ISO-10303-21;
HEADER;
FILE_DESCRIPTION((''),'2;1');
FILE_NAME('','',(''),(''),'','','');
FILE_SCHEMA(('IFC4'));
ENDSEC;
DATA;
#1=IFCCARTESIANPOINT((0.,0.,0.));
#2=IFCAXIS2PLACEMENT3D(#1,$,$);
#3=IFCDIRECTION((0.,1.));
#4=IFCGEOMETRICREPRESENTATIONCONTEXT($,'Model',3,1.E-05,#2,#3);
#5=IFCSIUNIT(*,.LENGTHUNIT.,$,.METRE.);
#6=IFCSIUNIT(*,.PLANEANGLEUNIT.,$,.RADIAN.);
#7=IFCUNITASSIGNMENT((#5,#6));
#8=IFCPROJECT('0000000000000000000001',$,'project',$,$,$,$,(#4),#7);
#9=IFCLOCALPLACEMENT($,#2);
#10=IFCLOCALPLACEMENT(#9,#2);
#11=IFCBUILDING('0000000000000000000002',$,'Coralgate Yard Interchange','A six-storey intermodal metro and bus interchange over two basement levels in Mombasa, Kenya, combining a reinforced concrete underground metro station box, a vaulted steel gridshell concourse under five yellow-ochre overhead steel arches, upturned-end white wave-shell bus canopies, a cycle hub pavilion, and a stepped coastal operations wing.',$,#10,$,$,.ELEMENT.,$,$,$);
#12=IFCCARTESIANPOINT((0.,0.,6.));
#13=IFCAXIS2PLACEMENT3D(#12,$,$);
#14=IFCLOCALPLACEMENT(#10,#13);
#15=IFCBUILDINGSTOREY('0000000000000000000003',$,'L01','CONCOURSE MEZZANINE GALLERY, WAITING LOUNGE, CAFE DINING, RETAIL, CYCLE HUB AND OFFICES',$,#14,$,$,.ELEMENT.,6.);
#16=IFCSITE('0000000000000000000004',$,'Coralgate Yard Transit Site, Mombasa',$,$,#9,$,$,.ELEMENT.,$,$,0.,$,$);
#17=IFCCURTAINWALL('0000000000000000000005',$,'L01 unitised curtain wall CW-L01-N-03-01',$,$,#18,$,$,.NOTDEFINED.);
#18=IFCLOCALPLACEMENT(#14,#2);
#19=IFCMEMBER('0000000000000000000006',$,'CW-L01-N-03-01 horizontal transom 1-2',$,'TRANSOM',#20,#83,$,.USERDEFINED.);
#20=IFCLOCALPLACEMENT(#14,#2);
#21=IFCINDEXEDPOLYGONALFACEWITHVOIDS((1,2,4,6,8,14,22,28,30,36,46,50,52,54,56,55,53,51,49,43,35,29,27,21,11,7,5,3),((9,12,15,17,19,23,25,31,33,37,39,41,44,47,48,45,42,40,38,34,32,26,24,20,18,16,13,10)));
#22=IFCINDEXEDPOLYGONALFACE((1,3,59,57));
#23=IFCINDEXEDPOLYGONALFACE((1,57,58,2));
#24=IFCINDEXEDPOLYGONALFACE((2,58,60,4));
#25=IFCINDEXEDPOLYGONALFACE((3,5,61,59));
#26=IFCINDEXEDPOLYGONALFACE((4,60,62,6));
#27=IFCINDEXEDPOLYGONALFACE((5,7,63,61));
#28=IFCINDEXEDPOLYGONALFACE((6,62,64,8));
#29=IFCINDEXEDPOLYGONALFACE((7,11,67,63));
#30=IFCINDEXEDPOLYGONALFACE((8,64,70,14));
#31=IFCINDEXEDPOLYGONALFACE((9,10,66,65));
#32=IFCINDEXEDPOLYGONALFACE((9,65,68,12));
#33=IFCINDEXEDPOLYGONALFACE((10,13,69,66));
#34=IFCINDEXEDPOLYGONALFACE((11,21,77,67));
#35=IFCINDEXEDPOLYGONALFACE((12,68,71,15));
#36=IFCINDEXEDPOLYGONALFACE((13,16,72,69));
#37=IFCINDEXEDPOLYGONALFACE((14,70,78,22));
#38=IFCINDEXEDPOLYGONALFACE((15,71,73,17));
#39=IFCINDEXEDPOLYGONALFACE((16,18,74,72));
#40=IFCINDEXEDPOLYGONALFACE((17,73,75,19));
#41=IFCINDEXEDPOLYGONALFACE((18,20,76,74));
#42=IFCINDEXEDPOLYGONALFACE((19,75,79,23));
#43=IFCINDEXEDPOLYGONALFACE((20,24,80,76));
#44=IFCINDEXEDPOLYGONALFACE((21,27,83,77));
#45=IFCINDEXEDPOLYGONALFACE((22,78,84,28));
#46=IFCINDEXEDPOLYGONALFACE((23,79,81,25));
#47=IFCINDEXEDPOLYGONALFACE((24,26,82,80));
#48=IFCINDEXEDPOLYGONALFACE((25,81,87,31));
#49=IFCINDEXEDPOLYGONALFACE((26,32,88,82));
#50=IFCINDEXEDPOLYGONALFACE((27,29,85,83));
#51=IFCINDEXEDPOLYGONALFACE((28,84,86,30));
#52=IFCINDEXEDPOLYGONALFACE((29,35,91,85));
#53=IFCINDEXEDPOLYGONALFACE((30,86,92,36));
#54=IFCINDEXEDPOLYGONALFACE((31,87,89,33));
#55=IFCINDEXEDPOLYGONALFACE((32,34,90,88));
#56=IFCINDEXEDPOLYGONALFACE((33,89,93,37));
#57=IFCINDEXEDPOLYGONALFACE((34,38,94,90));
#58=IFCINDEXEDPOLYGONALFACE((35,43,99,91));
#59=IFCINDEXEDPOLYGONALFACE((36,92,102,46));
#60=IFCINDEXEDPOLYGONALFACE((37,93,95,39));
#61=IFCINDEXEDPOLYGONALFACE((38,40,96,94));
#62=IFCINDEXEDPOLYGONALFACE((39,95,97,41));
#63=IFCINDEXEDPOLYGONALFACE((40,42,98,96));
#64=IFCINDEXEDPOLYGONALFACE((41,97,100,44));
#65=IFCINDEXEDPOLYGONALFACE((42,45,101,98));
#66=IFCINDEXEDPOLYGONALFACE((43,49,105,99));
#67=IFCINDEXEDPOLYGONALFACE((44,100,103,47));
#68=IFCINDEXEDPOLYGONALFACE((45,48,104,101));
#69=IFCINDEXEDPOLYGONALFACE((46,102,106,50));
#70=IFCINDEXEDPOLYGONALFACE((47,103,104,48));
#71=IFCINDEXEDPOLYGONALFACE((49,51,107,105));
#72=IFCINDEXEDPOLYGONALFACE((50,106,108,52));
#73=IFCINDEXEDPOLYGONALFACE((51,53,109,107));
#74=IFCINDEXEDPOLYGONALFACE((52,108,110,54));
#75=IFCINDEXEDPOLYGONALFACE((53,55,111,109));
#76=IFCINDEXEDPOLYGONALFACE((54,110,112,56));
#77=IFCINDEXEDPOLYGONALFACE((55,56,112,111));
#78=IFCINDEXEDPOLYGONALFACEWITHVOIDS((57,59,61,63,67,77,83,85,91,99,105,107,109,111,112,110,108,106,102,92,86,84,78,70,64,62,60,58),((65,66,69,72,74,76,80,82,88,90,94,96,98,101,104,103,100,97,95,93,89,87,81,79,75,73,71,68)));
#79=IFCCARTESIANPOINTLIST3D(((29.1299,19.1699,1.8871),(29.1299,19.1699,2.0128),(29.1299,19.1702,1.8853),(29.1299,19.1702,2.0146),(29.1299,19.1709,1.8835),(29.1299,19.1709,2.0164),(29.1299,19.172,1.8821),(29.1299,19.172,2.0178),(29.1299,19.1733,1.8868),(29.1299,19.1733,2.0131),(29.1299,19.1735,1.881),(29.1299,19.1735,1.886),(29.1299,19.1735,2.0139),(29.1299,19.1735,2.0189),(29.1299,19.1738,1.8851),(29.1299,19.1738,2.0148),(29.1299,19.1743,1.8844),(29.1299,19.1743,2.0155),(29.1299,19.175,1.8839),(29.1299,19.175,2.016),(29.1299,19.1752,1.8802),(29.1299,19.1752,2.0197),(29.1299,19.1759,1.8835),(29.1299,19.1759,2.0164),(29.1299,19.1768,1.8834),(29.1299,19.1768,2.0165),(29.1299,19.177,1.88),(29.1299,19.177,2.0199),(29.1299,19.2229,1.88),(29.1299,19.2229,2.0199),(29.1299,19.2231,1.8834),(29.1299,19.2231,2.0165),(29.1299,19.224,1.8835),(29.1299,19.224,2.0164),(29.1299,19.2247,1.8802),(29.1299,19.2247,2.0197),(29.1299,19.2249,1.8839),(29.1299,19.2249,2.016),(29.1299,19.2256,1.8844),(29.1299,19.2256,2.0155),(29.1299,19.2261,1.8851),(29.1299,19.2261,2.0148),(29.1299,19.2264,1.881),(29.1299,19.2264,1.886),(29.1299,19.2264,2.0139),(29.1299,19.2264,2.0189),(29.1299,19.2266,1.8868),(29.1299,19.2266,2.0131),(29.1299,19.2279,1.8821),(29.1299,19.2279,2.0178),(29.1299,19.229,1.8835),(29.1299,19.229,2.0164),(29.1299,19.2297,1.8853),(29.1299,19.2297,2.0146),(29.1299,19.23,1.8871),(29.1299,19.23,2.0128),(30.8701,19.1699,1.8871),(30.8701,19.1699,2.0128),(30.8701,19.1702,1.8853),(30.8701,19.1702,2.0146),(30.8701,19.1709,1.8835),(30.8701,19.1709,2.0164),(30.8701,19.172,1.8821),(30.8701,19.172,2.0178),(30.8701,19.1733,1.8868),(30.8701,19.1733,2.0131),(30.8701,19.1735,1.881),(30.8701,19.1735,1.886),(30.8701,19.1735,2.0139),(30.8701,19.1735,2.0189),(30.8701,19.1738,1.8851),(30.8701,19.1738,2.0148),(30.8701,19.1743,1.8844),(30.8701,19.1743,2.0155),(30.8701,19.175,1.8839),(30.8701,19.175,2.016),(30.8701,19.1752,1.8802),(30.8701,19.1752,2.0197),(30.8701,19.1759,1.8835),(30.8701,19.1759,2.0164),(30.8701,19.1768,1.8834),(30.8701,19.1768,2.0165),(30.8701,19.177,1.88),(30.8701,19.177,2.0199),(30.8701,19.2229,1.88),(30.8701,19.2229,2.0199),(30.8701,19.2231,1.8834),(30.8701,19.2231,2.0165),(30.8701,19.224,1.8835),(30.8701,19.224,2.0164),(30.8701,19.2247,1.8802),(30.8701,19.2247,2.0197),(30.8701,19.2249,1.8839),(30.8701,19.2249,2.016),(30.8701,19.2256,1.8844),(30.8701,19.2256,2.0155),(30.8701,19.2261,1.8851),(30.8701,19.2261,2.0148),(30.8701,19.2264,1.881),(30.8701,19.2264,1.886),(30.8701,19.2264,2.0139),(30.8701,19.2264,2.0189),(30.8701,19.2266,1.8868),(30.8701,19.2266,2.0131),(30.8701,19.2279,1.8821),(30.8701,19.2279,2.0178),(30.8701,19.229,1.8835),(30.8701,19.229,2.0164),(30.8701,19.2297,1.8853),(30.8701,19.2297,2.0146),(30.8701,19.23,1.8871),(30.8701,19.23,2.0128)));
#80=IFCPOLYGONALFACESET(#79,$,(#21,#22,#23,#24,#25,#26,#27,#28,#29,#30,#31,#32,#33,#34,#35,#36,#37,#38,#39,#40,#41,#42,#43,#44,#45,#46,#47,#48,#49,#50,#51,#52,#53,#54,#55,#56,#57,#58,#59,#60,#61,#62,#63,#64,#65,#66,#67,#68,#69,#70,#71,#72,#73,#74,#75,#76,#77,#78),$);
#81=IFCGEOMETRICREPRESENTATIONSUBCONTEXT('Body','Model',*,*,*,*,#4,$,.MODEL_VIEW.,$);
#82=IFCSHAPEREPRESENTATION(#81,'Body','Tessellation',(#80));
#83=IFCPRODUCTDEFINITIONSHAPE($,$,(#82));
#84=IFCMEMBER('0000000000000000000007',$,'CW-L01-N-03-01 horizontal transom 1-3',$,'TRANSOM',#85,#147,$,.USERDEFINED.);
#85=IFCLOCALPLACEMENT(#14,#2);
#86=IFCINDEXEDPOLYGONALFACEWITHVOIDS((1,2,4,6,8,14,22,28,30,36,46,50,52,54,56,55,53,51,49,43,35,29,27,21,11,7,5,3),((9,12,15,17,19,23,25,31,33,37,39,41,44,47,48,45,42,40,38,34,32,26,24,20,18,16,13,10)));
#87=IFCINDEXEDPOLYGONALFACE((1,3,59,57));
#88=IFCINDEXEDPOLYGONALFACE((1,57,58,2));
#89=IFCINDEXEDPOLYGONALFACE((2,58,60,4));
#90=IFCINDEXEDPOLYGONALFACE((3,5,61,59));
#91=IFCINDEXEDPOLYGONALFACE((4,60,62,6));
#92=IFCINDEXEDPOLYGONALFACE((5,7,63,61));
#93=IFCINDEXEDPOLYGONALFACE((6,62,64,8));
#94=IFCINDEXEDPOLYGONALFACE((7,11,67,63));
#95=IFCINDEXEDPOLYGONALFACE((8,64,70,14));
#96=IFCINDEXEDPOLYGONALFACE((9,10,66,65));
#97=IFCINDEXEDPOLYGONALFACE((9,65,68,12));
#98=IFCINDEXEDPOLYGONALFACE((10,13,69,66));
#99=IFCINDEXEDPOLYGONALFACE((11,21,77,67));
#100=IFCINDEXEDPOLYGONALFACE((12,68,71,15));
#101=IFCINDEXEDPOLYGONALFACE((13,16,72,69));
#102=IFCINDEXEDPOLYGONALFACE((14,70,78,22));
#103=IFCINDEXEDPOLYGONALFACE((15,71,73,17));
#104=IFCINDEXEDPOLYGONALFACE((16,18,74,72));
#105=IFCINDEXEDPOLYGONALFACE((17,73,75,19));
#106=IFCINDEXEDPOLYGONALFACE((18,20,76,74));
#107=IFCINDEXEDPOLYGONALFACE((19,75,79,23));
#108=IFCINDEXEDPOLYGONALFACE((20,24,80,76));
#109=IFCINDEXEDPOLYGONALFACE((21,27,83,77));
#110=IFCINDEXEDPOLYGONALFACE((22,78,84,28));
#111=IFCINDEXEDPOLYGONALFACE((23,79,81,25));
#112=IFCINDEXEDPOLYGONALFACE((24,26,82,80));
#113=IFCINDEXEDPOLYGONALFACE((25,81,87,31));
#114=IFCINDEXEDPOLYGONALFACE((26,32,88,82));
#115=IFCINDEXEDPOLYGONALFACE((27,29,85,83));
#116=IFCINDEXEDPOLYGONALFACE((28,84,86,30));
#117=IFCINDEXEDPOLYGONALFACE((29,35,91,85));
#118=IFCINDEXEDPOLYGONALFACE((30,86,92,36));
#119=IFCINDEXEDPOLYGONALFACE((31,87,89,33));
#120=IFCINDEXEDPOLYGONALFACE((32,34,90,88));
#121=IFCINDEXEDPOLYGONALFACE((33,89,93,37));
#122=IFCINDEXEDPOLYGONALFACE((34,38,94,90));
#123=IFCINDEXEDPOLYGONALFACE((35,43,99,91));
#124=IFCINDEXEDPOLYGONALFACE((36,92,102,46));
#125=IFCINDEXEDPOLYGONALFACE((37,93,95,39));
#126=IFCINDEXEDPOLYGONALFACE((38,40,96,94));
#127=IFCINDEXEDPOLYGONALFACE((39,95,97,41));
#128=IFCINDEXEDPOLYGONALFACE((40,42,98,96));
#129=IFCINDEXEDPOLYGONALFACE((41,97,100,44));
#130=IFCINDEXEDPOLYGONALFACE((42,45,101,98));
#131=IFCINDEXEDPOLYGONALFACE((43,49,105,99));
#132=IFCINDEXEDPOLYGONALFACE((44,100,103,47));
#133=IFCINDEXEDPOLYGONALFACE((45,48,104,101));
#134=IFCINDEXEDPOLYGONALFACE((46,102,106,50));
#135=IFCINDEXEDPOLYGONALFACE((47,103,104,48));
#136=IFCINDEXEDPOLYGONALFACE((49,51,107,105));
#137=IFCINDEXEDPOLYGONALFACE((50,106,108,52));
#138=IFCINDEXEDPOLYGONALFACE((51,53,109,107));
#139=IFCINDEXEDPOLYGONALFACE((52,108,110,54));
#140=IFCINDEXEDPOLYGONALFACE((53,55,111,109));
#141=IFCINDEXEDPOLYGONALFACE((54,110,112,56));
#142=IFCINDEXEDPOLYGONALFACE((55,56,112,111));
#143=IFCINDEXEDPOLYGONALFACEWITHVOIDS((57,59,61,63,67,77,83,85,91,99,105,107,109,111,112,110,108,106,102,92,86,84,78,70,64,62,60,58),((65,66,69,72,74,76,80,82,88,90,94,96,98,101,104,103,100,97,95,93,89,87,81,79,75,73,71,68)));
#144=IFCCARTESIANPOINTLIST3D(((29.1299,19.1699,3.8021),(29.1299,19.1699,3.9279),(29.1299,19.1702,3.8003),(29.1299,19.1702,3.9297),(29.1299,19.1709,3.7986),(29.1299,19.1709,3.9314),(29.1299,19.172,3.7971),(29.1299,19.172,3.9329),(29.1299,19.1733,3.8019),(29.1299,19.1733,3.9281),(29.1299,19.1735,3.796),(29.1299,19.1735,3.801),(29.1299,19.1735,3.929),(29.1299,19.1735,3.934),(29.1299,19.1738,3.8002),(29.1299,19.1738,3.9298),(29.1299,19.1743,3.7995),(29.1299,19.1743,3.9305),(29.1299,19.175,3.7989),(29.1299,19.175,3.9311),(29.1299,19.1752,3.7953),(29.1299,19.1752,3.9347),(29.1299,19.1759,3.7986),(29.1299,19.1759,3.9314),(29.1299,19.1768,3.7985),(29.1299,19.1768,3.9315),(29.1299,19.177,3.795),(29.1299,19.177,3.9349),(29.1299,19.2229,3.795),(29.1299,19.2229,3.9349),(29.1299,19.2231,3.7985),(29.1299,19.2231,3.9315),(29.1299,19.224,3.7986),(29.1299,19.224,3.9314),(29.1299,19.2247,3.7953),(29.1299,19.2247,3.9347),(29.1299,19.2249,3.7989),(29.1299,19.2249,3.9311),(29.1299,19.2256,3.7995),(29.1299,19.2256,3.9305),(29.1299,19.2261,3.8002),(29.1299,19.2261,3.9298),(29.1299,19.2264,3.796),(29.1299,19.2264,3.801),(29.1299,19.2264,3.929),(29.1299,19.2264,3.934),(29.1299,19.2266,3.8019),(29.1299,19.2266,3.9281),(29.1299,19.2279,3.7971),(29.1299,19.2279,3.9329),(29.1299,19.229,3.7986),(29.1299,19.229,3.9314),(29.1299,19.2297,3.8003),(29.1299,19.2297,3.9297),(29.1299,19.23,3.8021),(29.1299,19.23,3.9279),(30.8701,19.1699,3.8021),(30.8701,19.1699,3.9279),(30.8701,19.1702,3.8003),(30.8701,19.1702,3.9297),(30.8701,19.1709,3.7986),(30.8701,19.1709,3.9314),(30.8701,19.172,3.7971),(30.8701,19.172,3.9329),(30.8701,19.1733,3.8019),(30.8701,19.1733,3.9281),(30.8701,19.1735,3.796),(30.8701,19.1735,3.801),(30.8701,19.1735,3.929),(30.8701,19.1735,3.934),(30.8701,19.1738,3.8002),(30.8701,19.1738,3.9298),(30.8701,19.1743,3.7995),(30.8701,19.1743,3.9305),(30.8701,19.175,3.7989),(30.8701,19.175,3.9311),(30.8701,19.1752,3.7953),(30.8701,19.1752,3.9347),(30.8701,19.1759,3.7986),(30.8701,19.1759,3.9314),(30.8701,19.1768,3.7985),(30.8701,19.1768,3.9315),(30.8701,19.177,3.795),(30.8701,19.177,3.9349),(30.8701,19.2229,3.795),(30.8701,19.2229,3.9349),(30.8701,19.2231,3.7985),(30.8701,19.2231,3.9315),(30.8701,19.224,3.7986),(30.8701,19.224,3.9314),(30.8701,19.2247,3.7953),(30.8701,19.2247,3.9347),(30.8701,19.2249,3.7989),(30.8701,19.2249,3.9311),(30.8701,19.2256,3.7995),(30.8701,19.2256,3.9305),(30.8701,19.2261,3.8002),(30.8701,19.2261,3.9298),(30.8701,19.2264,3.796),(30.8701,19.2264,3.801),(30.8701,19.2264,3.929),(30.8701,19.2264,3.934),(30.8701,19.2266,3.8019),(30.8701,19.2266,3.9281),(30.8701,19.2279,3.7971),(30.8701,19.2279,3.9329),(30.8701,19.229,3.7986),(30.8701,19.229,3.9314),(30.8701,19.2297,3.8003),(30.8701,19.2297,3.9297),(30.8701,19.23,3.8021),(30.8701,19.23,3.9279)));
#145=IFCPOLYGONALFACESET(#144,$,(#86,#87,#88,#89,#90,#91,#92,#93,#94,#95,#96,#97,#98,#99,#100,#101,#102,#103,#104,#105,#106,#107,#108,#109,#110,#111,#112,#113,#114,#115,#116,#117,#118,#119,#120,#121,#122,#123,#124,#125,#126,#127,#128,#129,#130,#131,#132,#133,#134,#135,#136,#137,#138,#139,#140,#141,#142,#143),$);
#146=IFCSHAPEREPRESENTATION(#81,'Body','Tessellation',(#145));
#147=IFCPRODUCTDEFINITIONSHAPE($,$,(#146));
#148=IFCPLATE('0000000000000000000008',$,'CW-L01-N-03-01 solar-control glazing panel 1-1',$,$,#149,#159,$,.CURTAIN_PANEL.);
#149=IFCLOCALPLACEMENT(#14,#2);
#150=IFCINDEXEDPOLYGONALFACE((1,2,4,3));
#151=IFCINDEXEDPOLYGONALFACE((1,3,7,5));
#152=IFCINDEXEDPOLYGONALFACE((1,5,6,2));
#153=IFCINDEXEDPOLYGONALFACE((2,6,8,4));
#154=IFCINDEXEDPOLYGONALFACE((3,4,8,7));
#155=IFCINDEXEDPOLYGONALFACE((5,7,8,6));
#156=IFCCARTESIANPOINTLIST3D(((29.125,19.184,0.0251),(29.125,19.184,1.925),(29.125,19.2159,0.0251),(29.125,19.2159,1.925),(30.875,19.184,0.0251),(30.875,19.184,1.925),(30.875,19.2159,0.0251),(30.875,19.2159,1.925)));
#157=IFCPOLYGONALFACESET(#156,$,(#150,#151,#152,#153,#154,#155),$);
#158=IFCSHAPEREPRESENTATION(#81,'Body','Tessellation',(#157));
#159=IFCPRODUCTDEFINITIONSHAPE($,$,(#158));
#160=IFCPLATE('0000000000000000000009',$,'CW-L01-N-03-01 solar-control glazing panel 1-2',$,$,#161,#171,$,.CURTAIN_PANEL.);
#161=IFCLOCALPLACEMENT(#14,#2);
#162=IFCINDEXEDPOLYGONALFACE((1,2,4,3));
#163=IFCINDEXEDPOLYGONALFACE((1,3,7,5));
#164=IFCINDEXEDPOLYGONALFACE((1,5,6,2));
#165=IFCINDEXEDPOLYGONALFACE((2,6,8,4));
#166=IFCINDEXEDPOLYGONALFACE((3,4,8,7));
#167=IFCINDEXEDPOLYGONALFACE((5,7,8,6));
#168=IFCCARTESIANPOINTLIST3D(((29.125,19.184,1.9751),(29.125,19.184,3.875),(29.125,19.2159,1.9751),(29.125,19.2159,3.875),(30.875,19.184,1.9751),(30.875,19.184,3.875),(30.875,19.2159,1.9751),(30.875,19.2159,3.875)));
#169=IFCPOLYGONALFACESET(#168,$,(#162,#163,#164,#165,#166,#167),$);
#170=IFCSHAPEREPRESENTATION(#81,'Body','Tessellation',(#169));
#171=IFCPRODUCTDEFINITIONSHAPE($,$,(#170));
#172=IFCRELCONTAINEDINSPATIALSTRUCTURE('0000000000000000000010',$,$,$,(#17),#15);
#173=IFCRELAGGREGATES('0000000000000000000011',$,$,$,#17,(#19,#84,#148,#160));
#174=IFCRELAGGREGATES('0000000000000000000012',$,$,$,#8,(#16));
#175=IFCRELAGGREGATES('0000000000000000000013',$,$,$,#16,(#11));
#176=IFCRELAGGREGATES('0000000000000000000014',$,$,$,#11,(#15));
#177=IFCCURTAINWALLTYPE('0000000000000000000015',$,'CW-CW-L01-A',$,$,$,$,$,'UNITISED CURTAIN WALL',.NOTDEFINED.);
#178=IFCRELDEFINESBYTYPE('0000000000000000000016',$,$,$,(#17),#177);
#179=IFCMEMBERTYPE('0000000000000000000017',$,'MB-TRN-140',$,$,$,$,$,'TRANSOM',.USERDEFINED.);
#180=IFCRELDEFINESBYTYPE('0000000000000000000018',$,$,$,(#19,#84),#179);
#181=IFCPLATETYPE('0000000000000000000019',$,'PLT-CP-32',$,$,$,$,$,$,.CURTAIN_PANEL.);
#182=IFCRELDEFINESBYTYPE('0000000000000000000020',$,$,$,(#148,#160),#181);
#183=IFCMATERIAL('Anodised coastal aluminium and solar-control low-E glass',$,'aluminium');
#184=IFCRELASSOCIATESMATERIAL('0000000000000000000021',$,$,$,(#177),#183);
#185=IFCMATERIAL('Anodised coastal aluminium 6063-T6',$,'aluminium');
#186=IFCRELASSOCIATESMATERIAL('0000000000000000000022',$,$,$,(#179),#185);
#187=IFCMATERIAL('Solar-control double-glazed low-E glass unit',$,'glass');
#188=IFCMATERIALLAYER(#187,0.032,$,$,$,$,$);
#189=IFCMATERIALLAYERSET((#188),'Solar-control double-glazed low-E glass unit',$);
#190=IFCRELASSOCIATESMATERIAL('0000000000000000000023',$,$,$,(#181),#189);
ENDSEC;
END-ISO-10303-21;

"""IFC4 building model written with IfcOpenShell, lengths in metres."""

from ifc_helpers import new_model, si_unit, direction, frame, origin, origin_2d, place, context, subcontext, project, spatial, rectangle, hollow_rectangle, extrude, material, layer, layer_set, material_profile, profile_set, type_object, element, aggregate, save


model = new_model("IFC4")

# Units and contexts
model_context = context("Model", 3, precision=1e-05, world=origin(), true_north=direction((0.0, 1.0)))
body_context = subcontext(model_context, "Body", "Model", "MODEL_VIEW")
ifc_project = project(units=[si_unit("LENGTHUNIT", "METRE"), si_unit("PLANEANGLEUNIT", "RADIAN")], contexts=[model_context])

# Site, building, storey
site_placement = place(None, origin())
site = spatial("IfcSite", under=ifc_project, at=site_placement, Name="Coralgate Yard Transit Site, Mombasa", CompositionType="ELEMENT", RefElevation=0.0)
building_placement = place(site_placement, origin())
building = spatial("IfcBuilding", under=site, at=building_placement, Name="Coralgate Yard Interchange", Description="A six-storey intermodal metro and bus interchange over two basement levels in Mombasa, Kenya, combining a reinforced concrete underground metro station box, a vaulted steel gridshell concourse under five yellow-ochre overhead steel arches, upturned-end white wave-shell bus canopies, a cycle hub pavilion, and a stepped coastal operations wing.", CompositionType="ELEMENT")
storey_placement = place(building_placement, frame((0.0, 0.0, 6.0)))
storey = spatial("IfcBuildingStorey", under=building, at=storey_placement, Name="L01", Description="CONCOURSE MEZZANINE GALLERY, WAITING LOUNGE, CAFE DINING, RETAIL, CYCLE HUB AND OFFICES", CompositionType="ELEMENT", Elevation=6.0)

# Curtain wall, members, plates
ifc_material_1 = material(Name="Anodised coastal aluminium and solar-control low-E glass", Category="aluminium")
curtain_wall_type = type_object("IfcCurtainWallType", Name="CW-CW-L01-A", ElementType="UNITISED CURTAIN WALL", PredefinedType="NOTDEFINED", material=ifc_material_1)
curtain_wall_placement = place(storey_placement, origin())
curtain_wall = element("IfcCurtainWall", 1, at=curtain_wall_placement, inside=storey, type_object=curtain_wall_type, Name="L01 unitised curtain wall CW-L01-N-03-01", PredefinedType="NOTDEFINED")
ifc_material_2 = material(Name="Anodised coastal aluminium 6063-T6", Category="aluminium")
ifc_material_profile_1 = material_profile(ifc_material_2, hollow_rectangle(XDim=0.0601, YDim=0.1399, WallThickness=0.0034, InnerFilletRadius=0.0034, OuterFilletRadius=0.0071, at=origin_2d()), Name="ALU 60x140x3.5")
ifc_profile_set_1 = profile_set([ifc_material_profile_1], Name="Anodised coastal aluminium 6063-T6")
member_type_1 = type_object("IfcMemberType", Name="MB-TRN-140", ElementType="TRANSOM", PredefinedType="USERDEFINED", material=ifc_profile_set_1)
member_1_placement = place(storey_placement, frame((29.1299, 19.2, 1.95), z_axis=(1.0, 0.0, 0.0), x_axis=(0.0, 1.0, 0.0)))
member_1 = element("IfcMember", 2, at=member_1_placement, type_object=member_type_1, Name="CW-L01-N-03-01 horizontal transom 1-2", ObjectType="TRANSOM", PredefinedType="USERDEFINED", context=body_context, shape_type="SweptSolid", body=[
    extrude(hollow_rectangle(XDim=0.0601, YDim=0.1399, WallThickness=0.0034, InnerFilletRadius=0.0034, OuterFilletRadius=0.0071, at=origin_2d()), origin(), (0.0, 0.0, 1.0), 1.7402),
])
member_2_placement = place(storey_placement, frame((29.1299, 19.2, 3.865), z_axis=(1.0, 0.0, 0.0), x_axis=(0.0, 1.0, 0.0)))
member_2 = element("IfcMember", 3, at=member_2_placement, type_object=member_type_1, Name="CW-L01-N-03-01 horizontal transom 1-3", ObjectType="TRANSOM", PredefinedType="USERDEFINED", context=body_context, shape_type="SweptSolid", body=[
    extrude(hollow_rectangle(XDim=0.0601, YDim=0.1399, WallThickness=0.0034, InnerFilletRadius=0.0034, OuterFilletRadius=0.0071, at=origin_2d()), origin(), (0.0, 0.0, 1.0), 1.7402),
])
ifc_material_3 = material(Name="Solar-control double-glazed low-E glass unit", Category="glass")
ifc_layer_1 = layer(ifc_material_3, 0.032)
ifc_layer_set_1 = layer_set([ifc_layer_1], Name="Solar-control double-glazed low-E glass unit")
plate_type = type_object("IfcPlateType", Name="PLT-CP-32", PredefinedType="CURTAIN_PANEL", material=ifc_layer_set_1)
plate_1_placement = place(storey_placement, frame((30.0, 19.2, 0.0251), z_axis=(0.0, 0.0, 1.0), x_axis=(1.0, 0.0, 0.0)))
plate_1 = element("IfcPlate", 4, at=plate_1_placement, type_object=plate_type, Name="CW-L01-N-03-01 solar-control glazing panel 1-1", PredefinedType="CURTAIN_PANEL", context=body_context, shape_type="SweptSolid", body=[
    extrude(rectangle(XDim=1.75, YDim=0.032, at=origin_2d()), origin(), (0.0, 0.0, 1.0), 1.8999),
])
plate_2_placement = place(storey_placement, frame((30.0, 19.2, 1.9751), z_axis=(0.0, 0.0, 1.0), x_axis=(1.0, 0.0, 0.0)))
plate_2 = element("IfcPlate", 5, at=plate_2_placement, type_object=plate_type, Name="CW-L01-N-03-01 solar-control glazing panel 1-2", PredefinedType="CURTAIN_PANEL", context=body_context, shape_type="SweptSolid", body=[
    extrude(rectangle(XDim=1.75, YDim=0.032, at=origin_2d()), origin(), (0.0, 0.0, 1.0), 1.8999),
])
aggregate(curtain_wall, [member_1, member_2, plate_1, plate_2])

save(model, "model.ifc")
